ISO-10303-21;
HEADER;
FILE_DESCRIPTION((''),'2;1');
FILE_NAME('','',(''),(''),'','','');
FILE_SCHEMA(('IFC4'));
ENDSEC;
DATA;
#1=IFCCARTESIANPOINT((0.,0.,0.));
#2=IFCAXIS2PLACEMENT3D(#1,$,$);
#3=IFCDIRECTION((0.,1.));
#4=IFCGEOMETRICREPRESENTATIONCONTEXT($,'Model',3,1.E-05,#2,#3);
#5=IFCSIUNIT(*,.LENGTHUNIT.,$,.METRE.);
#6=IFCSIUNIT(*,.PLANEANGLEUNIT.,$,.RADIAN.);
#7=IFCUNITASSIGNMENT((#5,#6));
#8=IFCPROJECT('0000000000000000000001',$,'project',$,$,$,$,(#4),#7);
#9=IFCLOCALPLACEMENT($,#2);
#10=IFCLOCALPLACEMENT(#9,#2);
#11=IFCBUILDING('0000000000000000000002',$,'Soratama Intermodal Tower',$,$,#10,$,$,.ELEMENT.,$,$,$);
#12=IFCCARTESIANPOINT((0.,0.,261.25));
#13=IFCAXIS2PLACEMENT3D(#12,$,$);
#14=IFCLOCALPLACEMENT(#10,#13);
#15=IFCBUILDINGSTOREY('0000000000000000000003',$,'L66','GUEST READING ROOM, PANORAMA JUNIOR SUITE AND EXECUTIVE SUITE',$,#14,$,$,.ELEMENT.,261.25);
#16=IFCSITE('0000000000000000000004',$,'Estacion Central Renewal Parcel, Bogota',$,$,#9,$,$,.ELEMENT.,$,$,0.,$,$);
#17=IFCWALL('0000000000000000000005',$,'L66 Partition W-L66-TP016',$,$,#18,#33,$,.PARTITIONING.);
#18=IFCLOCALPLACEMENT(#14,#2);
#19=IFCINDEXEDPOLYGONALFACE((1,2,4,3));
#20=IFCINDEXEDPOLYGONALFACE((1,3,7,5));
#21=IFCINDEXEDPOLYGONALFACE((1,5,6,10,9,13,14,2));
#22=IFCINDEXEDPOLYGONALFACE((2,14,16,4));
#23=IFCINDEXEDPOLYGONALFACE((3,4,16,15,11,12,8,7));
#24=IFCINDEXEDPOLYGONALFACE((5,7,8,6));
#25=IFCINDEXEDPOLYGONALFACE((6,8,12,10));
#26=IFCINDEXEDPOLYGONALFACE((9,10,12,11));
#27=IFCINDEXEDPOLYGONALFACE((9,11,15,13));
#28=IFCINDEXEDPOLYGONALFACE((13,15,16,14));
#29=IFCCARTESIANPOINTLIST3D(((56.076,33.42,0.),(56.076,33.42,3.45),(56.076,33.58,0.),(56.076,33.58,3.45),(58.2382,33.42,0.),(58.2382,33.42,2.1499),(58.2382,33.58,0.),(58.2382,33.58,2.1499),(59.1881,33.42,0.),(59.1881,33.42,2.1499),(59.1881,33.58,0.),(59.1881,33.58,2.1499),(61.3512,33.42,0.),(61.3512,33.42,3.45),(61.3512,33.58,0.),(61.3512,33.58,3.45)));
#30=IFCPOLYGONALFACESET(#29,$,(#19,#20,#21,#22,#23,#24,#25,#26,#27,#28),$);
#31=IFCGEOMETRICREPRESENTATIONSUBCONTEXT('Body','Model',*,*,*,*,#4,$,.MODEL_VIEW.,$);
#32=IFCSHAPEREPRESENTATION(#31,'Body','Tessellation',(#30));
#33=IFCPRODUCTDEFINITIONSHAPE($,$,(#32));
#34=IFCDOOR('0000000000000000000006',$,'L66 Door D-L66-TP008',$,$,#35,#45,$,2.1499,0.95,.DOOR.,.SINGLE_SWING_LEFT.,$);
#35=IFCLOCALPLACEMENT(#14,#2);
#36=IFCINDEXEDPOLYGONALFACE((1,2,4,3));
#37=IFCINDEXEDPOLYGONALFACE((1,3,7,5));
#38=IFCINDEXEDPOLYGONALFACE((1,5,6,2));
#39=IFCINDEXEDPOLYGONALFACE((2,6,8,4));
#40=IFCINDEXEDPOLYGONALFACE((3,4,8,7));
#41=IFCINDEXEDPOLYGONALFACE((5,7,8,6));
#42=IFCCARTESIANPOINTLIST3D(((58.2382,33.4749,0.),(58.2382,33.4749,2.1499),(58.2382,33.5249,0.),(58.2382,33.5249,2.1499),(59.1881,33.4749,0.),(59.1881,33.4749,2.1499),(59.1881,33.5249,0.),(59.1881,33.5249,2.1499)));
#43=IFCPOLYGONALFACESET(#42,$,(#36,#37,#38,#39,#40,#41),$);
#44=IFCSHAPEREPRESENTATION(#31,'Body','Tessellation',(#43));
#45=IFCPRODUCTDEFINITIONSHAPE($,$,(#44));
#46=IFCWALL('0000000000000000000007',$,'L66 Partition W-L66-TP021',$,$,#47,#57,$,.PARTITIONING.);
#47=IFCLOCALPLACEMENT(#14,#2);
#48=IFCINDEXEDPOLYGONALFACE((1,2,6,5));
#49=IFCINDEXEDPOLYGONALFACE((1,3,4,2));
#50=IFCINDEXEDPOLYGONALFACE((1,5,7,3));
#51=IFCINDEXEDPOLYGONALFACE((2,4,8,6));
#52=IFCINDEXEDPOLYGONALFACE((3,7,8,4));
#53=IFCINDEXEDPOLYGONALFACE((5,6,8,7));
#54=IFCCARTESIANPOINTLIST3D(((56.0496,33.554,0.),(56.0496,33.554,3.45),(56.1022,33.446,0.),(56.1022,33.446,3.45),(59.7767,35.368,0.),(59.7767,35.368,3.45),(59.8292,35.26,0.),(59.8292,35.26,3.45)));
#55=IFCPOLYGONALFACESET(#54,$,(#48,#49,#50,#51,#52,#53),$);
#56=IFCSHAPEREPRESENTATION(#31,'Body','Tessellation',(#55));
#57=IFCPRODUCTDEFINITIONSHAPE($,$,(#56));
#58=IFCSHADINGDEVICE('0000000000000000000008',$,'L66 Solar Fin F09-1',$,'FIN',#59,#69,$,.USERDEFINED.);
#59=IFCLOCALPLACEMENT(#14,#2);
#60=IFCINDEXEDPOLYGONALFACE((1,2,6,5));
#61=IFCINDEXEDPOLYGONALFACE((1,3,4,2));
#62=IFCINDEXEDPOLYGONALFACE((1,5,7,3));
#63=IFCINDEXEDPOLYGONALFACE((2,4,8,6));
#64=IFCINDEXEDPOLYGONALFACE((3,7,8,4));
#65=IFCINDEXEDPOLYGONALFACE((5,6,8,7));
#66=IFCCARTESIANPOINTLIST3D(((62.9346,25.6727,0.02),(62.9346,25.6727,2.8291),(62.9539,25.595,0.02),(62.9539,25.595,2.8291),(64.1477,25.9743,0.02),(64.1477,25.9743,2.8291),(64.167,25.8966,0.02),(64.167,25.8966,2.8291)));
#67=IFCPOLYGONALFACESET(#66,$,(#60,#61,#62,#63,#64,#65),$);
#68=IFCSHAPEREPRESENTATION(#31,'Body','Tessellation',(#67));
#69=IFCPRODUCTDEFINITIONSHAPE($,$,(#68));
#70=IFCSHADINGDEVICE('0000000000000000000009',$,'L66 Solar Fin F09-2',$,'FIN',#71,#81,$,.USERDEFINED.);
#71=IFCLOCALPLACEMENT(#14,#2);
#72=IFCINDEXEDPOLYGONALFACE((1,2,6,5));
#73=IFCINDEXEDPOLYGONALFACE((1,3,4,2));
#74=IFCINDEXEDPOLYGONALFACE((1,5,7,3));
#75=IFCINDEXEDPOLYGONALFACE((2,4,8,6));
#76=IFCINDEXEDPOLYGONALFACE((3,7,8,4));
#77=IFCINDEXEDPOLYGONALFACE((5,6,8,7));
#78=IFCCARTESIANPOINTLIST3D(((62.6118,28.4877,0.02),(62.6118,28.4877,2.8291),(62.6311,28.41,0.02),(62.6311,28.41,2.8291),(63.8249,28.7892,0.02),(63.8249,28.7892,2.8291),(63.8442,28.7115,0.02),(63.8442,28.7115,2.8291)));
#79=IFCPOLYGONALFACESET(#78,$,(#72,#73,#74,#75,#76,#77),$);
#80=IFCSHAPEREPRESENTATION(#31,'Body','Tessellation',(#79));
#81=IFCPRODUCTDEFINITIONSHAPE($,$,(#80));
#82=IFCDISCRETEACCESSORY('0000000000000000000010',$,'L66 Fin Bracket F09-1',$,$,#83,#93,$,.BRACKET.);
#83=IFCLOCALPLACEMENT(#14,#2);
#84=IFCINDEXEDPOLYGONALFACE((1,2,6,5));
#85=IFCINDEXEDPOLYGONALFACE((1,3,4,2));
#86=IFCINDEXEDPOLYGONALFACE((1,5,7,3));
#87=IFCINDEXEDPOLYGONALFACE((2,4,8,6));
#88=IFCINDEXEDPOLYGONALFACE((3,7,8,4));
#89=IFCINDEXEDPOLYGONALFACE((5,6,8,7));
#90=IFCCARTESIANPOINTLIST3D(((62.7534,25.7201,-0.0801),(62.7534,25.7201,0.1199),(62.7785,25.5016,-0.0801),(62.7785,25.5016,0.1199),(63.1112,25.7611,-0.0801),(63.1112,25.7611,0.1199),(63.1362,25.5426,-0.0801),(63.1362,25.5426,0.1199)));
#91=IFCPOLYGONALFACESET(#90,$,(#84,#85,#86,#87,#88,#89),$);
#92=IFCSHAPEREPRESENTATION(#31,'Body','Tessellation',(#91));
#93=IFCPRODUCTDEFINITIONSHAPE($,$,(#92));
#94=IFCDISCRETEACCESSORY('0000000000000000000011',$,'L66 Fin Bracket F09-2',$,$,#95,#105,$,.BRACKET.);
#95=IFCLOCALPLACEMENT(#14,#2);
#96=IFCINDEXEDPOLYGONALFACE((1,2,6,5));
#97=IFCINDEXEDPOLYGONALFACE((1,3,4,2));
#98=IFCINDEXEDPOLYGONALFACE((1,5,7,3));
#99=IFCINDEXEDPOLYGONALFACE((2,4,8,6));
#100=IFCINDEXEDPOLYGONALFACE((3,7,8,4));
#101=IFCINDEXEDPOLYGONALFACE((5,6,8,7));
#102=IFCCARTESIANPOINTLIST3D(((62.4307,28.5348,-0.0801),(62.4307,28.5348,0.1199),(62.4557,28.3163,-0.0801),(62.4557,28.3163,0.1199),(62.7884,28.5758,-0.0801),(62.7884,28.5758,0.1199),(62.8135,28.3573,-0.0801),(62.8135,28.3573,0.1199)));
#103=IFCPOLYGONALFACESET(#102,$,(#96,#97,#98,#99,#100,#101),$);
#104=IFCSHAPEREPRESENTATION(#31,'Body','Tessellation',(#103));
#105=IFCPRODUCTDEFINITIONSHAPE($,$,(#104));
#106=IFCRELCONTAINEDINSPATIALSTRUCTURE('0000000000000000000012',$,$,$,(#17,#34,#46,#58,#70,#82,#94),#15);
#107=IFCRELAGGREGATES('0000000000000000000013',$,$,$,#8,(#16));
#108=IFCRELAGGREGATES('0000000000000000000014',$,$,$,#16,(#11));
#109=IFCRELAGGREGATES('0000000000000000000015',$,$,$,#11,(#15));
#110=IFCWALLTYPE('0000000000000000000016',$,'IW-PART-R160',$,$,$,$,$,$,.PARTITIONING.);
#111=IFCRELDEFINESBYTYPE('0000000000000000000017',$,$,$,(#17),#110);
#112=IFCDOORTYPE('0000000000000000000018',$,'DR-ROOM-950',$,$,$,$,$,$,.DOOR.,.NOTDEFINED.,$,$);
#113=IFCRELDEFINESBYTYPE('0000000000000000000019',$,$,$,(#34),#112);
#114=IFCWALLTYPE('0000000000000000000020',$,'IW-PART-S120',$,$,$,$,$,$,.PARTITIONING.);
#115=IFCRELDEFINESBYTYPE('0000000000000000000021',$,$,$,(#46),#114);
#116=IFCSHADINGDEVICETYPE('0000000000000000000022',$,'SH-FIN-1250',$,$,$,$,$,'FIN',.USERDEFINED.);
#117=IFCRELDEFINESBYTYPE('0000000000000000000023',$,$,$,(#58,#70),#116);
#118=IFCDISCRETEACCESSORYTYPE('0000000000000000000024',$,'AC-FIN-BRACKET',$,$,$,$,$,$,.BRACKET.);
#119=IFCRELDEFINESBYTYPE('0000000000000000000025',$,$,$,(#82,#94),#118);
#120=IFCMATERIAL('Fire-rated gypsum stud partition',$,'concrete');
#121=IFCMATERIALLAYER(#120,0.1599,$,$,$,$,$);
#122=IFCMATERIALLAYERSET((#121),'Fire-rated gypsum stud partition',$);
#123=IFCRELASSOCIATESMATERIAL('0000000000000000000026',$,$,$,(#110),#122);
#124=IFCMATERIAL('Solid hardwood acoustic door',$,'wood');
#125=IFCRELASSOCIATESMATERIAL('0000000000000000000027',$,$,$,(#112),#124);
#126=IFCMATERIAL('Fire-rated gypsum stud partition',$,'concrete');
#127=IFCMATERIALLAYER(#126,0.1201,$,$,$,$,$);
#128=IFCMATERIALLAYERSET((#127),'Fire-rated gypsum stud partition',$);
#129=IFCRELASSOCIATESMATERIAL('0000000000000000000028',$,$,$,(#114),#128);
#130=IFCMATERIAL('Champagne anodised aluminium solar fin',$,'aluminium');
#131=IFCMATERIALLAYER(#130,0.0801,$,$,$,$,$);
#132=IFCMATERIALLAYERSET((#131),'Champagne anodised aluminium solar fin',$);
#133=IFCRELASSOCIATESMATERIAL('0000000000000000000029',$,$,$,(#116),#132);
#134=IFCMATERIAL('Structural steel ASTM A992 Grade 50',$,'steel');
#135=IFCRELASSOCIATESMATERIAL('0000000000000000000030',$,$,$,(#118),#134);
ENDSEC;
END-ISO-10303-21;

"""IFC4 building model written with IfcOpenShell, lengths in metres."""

from ifc_helpers import new_model, si_unit, direction, frame, frame_2d, origin, origin_2d, place, context, subcontext, project, spatial, rectangle, extrude, material, layer, layer_set, type_object, element, fill, save


model = new_model("IFC4")

# Units and contexts
model_context = context("Model", 3, precision=1e-05, world=origin(), true_north=direction((0.0, 1.0)))
body_context = subcontext(model_context, "Body", "Model", "MODEL_VIEW")
ifc_project = project(units=[si_unit("LENGTHUNIT", "METRE"), si_unit("PLANEANGLEUNIT", "RADIAN")], contexts=[model_context])

# Site, building, storey
site_placement = place(None, origin())
site = spatial("IfcSite", under=ifc_project, at=site_placement, Name="Estacion Central Renewal Parcel, Bogota", CompositionType="ELEMENT", RefElevation=0.0)
building_placement = place(site_placement, origin())
building = spatial("IfcBuilding", under=site, at=building_placement, Name="Soratama Intermodal Tower", CompositionType="ELEMENT")
storey_placement = place(building_placement, frame((0.0, 0.0, 261.25)))
storey = spatial("IfcBuildingStorey", under=building, at=storey_placement, Name="L66", Description="GUEST READING ROOM, PANORAMA JUNIOR SUITE AND EXECUTIVE SUITE", CompositionType="ELEMENT", Elevation=261.25)

# Wall, opening, door
ifc_material_1 = material(Name="Fire-rated gypsum stud partition", Category="concrete")
ifc_layer_1 = layer(ifc_material_1, 0.1599)
ifc_layer_set_1 = layer_set([ifc_layer_1], Name="Fire-rated gypsum stud partition")
wall_type_1 = type_object("IfcWallType", Name="IW-PART-R160", PredefinedType="PARTITIONING", material=ifc_layer_set_1)
ifc_material_2 = material(Name="Solid hardwood acoustic door", Category="wood")
door_type = type_object("IfcDoorType", Name="DR-ROOM-950", OperationType="NOTDEFINED", PredefinedType="DOOR", material=ifc_material_2)
wall_1_placement = place(storey_placement, frame((56.0759, 33.5, 0.0), z_axis=(0.0, 0.0, 1.0), x_axis=(1.0, 0.0, 0.0)))
wall_1 = element("IfcWall", 1, at=wall_1_placement, inside=storey, type_object=wall_type_1, Name="L66 Partition W-L66-TP016", PredefinedType="PARTITIONING", context=body_context, shape_type="SweptSolid", body=[
    extrude(rectangle(XDim=5.2751, YDim=0.1599, at=frame_2d((2.6377, 0.0))), origin(), (0.0, 0.0, 1.0), 3.45),
])
opening_1_placement = place(wall_1_placement, frame((2.1621, 0.0, 0.0)))
opening_1 = element("IfcOpeningElement", 2, at=opening_1_placement, cuts=wall_1, PredefinedType="OPENING", context=body_context, shape_type="SweptSolid", body=[
    extrude(rectangle(XDim=0.95, YDim=2.1499, at=frame_2d((0.4751, 1.075))), frame((0.0, 0.0898, 0.0), z_axis=(0.0, -1.0, 0.0), x_axis=(1.0, 0.0, 0.0)), (0.0, 0.0, 1.0), 0.1799),
])
door_1_placement = place(opening_1_placement, origin())
door_1 = element("IfcDoor", 3, at=door_1_placement, inside=storey, type_object=door_type, Name="L66 Door D-L66-TP008", OperationType="SINGLE_SWING_LEFT", OverallHeight=2.1499, OverallWidth=0.95, PredefinedType="DOOR", context=body_context, shape_type="SweptSolid", body=[
    extrude(rectangle(XDim=0.95, YDim=2.1499, at=frame_2d((0.4751, 1.075))), frame((0.0, 0.0249, 0.0), z_axis=(0.0, -1.0, 0.0), x_axis=(1.0, 0.0, 0.0)), (0.0, 0.0, 1.0), 0.05),
])
fill(opening_1, door_1)

# Wall
ifc_material_3 = material(Name="Fire-rated gypsum stud partition", Category="concrete")
ifc_layer_2 = layer(ifc_material_3, 0.1201)
ifc_layer_set_2 = layer_set([ifc_layer_2], Name="Fire-rated gypsum stud partition")
wall_type_2 = type_object("IfcWallType", Name="IW-PART-S120", PredefinedType="PARTITIONING", material=ifc_layer_set_2)
wall_2_placement = place(storey_placement, frame((56.0759, 33.5, 0.0), z_axis=(0.0, 0.0, 1.0), x_axis=(0.899159, 0.437623, 0.0)))
element("IfcWall", 4, at=wall_2_placement, inside=storey, type_object=wall_type_2, Name="L66 Partition W-L66-TP021", PredefinedType="PARTITIONING", context=body_context, shape_type="SweptSolid", body=[
    extrude(rectangle(XDim=4.145, YDim=0.1201, at=frame_2d((2.0725, 0.0))), origin(), (0.0, 0.0, 1.0), 3.45),
])

# Shading devices
ifc_material_4 = material(Name="Champagne anodised aluminium solar fin", Category="aluminium")
ifc_layer_3 = layer(ifc_material_4, 0.0801)
ifc_layer_set_3 = layer_set([ifc_layer_3], Name="Champagne anodised aluminium solar fin")
shading_device_type = type_object("IfcShadingDeviceType", Name="SH-FIN-1250", ElementType="FIN", PredefinedType="USERDEFINED", material=ifc_layer_set_3)
for number, where, z_axis, x_axis, name in (
    (5, (63.5508, 25.7847, 0.02), (0.0, 0.0, 1.0), (0.970464, 0.241244, 0.0), "L66 Solar Fin F09-1"),
    (6, (63.228, 28.5996, 0.02), (0.0, 0.0, 1.0), (0.970464, 0.241244, 0.0), "L66 Solar Fin F09-2"),
):
    element("IfcShadingDevice", number, at=place(storey_placement, frame(where, z_axis=z_axis, x_axis=x_axis)), inside=storey, type_object=shading_device_type, Name=name, ObjectType="FIN", PredefinedType="USERDEFINED", context=body_context, shape_type="SweptSolid", body=[
        extrude(rectangle(XDim=1.25, YDim=0.0801, at=origin_2d()), origin(), (0.0, 0.0, 1.0), 2.8091),
    ])

# Discrete accessories
ifc_material_5 = material(Name="Structural steel ASTM A992 Grade 50", Category="steel")
discrete_accessory_type = type_object("IfcDiscreteAccessoryType", Name="AC-FIN-BRACKET", PredefinedType="BRACKET", material=ifc_material_5)
for number, where, z_axis, x_axis, name in (
    (7, (62.9448, 25.6313, -0.0801), (0.0, 0.0, 1.0), (0.993493, 0.113897, 0.0), "L66 Fin Bracket F09-1"),
    (8, (62.6221, 28.446, -0.0801), (0.0, 0.0, 1.0), (0.993493, 0.113897, 0.0), "L66 Fin Bracket F09-2"),
):
    element("IfcDiscreteAccessory", number, at=place(storey_placement, frame(where, z_axis=z_axis, x_axis=x_axis)), inside=storey, type_object=discrete_accessory_type, Name=name, PredefinedType="BRACKET", context=body_context, shape_type="SweptSolid", body=[
        extrude(rectangle(XDim=0.3601, YDim=0.22, at=origin_2d()), origin(), (0.0, 0.0, 1.0), 0.2),
    ])

save(model, "model.ifc")
